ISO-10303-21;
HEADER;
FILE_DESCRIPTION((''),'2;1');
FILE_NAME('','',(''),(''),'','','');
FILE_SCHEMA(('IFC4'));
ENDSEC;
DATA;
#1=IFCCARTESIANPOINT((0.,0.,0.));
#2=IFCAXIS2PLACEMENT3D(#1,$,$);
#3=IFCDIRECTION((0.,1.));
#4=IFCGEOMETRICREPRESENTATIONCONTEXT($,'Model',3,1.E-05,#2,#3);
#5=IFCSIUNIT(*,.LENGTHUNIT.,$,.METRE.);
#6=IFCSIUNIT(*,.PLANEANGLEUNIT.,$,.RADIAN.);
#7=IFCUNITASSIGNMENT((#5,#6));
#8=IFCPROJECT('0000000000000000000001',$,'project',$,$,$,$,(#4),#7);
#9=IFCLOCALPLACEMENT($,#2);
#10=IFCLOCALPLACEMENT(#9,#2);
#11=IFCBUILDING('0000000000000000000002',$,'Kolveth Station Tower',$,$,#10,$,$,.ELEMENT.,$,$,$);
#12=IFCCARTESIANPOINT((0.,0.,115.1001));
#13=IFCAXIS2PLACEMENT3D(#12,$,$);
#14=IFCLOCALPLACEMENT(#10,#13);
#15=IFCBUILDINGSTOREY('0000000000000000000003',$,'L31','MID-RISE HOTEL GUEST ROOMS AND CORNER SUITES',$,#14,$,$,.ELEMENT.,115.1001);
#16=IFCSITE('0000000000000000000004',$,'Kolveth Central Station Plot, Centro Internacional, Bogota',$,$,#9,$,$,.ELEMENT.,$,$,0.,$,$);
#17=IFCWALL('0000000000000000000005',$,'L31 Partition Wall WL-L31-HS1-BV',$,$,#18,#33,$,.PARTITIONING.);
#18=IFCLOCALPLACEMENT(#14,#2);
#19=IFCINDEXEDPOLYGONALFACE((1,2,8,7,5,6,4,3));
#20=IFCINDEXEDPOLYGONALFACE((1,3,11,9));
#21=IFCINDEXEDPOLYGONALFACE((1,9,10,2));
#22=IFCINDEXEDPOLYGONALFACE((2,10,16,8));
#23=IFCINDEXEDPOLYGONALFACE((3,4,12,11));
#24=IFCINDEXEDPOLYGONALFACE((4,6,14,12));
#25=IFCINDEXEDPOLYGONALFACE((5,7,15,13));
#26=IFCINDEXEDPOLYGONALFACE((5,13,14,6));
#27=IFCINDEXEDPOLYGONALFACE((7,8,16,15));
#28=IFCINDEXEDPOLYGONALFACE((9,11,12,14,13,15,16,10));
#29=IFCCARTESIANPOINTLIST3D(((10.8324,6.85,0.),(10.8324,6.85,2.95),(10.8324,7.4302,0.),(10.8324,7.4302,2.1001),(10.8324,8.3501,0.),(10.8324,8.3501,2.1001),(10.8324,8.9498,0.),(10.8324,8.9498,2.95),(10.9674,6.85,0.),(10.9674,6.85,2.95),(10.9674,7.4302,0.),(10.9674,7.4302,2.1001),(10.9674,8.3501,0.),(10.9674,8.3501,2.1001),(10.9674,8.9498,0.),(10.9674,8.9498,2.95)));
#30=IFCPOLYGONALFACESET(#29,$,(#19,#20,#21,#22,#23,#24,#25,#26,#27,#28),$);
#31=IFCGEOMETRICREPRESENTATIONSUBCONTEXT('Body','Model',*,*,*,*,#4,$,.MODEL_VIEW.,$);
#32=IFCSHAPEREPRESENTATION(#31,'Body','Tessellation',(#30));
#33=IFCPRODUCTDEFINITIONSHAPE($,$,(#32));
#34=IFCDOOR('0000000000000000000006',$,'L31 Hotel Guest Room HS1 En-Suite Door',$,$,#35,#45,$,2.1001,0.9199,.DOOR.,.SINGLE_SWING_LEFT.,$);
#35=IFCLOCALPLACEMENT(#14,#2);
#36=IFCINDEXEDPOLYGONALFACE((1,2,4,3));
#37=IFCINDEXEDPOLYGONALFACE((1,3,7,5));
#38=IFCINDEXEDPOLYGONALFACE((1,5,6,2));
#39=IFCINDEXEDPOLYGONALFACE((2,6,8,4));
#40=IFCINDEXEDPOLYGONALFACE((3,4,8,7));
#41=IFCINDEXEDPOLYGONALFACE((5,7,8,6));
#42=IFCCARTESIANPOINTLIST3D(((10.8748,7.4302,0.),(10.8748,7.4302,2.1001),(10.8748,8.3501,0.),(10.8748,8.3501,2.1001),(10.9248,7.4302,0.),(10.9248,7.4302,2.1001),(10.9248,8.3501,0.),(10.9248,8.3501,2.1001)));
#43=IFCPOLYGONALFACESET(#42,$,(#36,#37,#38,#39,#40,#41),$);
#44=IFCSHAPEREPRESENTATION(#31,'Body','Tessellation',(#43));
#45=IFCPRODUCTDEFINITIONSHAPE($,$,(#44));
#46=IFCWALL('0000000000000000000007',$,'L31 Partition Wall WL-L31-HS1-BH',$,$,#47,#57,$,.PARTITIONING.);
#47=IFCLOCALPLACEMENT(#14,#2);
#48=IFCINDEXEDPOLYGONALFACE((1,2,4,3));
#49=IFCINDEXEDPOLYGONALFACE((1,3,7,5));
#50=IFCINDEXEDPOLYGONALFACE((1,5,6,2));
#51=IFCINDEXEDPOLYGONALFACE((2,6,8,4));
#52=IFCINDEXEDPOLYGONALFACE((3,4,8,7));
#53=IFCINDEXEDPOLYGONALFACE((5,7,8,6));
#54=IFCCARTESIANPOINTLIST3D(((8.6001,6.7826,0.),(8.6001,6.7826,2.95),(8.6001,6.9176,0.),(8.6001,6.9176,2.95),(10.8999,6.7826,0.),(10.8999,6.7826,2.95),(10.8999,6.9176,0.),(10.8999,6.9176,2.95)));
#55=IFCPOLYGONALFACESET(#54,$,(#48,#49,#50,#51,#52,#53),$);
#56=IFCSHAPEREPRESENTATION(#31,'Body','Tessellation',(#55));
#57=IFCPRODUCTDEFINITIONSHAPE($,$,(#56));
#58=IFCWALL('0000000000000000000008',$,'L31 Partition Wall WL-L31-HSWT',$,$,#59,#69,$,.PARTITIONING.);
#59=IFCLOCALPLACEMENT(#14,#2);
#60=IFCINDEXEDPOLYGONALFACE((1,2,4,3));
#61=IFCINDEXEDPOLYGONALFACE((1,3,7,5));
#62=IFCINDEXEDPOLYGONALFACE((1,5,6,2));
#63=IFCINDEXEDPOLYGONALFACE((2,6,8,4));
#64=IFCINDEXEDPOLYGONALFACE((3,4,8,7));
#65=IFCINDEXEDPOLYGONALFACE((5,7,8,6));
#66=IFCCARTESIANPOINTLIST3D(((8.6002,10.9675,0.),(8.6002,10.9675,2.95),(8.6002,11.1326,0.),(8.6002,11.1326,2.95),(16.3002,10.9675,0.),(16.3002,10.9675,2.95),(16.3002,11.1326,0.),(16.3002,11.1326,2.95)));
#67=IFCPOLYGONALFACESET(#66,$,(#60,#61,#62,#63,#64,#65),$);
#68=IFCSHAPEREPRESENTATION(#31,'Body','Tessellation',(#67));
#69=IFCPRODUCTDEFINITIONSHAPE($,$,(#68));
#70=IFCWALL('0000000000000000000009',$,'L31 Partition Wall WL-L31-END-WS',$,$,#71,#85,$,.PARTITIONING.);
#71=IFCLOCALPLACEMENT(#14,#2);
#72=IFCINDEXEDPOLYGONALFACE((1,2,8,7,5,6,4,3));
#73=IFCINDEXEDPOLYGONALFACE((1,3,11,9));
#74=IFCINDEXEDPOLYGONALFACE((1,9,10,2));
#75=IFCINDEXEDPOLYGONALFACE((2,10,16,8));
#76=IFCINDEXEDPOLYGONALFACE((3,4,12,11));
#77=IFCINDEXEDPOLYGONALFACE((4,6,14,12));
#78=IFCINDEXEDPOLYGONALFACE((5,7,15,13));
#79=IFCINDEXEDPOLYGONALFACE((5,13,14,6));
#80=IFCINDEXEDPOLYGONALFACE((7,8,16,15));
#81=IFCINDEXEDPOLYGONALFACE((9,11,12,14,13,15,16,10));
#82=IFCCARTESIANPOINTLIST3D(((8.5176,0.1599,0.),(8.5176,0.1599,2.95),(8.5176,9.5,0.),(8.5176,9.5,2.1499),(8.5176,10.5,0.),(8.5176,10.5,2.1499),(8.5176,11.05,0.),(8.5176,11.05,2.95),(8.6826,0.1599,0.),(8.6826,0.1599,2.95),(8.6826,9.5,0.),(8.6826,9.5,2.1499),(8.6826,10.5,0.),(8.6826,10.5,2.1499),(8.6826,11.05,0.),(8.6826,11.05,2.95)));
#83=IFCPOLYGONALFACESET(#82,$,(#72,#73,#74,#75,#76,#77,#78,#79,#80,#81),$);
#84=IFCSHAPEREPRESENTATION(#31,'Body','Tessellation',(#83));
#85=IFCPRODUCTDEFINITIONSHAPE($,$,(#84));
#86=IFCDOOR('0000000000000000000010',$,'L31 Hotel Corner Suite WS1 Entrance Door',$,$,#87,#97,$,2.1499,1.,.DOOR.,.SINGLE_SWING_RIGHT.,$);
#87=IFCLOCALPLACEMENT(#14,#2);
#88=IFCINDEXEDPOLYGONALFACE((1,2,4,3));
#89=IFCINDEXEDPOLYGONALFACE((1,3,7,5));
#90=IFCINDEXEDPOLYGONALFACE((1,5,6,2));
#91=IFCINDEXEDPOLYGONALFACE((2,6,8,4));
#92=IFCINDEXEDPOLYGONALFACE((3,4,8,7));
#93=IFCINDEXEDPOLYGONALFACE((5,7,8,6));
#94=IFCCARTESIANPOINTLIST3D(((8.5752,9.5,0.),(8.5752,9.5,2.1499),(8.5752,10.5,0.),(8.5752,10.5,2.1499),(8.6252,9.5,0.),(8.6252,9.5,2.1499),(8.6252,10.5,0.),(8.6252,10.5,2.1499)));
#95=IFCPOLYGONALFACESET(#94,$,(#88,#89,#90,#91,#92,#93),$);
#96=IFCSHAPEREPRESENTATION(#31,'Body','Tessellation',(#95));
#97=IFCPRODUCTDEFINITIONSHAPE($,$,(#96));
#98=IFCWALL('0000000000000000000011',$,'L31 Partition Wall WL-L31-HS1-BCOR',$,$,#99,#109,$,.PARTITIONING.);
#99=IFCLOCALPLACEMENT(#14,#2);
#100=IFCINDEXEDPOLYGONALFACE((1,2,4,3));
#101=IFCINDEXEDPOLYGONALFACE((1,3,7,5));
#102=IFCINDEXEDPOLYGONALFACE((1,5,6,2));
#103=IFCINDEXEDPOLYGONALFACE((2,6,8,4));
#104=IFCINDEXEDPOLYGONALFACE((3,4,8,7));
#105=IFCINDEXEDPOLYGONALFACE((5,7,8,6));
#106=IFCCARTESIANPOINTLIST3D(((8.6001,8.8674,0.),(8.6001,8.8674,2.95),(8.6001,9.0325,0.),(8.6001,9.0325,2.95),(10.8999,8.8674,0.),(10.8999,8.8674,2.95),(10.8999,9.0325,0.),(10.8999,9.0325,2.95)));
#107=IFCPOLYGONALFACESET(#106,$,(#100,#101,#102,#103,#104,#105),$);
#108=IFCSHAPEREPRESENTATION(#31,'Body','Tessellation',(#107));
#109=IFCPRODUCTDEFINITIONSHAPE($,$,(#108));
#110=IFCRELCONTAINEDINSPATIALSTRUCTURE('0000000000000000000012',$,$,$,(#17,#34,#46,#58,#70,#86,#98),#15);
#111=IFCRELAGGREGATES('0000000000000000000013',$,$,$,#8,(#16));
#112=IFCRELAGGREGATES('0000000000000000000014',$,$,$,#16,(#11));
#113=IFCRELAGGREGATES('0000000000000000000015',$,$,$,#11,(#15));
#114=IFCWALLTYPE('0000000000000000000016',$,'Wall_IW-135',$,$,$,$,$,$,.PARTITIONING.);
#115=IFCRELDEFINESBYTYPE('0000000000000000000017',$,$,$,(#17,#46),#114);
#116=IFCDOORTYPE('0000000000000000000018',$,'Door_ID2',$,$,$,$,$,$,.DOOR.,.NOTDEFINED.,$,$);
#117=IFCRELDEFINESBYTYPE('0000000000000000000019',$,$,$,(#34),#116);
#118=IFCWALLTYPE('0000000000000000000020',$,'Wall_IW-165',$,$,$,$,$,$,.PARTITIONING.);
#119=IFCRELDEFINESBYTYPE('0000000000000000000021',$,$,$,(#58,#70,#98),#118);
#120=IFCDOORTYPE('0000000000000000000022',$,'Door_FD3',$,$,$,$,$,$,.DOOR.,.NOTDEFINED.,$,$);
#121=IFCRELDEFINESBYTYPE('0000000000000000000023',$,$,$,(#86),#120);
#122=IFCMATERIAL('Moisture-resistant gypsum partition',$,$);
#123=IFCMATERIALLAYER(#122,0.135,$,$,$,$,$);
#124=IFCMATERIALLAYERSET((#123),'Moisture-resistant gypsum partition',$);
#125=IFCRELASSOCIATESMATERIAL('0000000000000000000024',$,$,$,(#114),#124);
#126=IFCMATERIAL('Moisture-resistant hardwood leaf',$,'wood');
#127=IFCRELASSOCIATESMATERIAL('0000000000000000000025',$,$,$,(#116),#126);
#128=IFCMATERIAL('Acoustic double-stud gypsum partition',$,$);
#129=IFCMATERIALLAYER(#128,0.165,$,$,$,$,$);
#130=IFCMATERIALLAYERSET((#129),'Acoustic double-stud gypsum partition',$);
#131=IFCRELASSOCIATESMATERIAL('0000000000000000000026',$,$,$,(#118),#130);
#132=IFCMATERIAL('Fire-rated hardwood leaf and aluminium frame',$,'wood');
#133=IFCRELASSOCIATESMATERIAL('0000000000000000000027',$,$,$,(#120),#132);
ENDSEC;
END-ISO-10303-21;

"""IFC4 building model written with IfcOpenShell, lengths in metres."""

from ifc_helpers import new_model, si_unit, direction, frame, frame_2d, origin, place, context, subcontext, project, spatial, rectangle, extrude, material, layer, layer_set, type_object, element, fill, save


model = new_model("IFC4")

# Units and contexts
model_context = context("Model", 3, precision=1e-05, world=origin(), true_north=direction((0.0, 1.0)))
body_context = subcontext(model_context, "Body", "Model", "MODEL_VIEW")
ifc_project = project(units=[si_unit("LENGTHUNIT", "METRE"), si_unit("PLANEANGLEUNIT", "RADIAN")], contexts=[model_context])

# Site, building, storey
site_placement = place(None, origin())
site = spatial("IfcSite", under=ifc_project, at=site_placement, Name="Kolveth Central Station Plot, Centro Internacional, Bogota", CompositionType="ELEMENT", RefElevation=0.0)
building_placement = place(site_placement, origin())
building = spatial("IfcBuilding", under=site, at=building_placement, Name="Kolveth Station Tower", CompositionType="ELEMENT")
storey_placement = place(building_placement, frame((0.0, 0.0, 115.1001)))
storey = spatial("IfcBuildingStorey", under=building, at=storey_placement, Name="L31", Description="MID-RISE HOTEL GUEST ROOMS AND CORNER SUITES", CompositionType="ELEMENT", Elevation=115.1001)

# Wall, opening, door
ifc_material_1 = material(Name="Moisture-resistant gypsum partition")
ifc_layer_1 = layer(ifc_material_1, 0.135)
ifc_layer_set_1 = layer_set([ifc_layer_1], Name="Moisture-resistant gypsum partition")
wall_type_1 = type_object("IfcWallType", Name="Wall_IW-135", PredefinedType="PARTITIONING", material=ifc_layer_set_1)
wall_1_placement = place(storey_placement, frame((10.8999, 6.8501, 0.0), z_axis=(0.0, 0.0, 1.0), x_axis=(0.0, 1.0, 0.0)))
wall_1 = element("IfcWall", 1, at=wall_1_placement, inside=storey, type_object=wall_type_1, Name="L31 Partition Wall WL-L31-HS1-BV", PredefinedType="PARTITIONING", context=body_context, shape_type="SweptSolid", body=[
    extrude(rectangle(XDim=2.0999, YDim=0.135, at=frame_2d((1.0498, 0.0))), origin(), (0.0, 0.0, 1.0), 2.95),
])
opening_1_placement = place(wall_1_placement, frame((0.5801, 0.0, 0.0)))
opening_1 = element("IfcOpeningElement", 2, at=opening_1_placement, cuts=wall_1, PredefinedType="OPENING", context=body_context, shape_type="SweptSolid", body=[
    extrude(rectangle(XDim=0.9199, YDim=2.1001, at=frame_2d((0.46, 1.05))), frame((0.0, 0.0774, 0.0), z_axis=(0.0, -1.0, 0.0), x_axis=(1.0, 0.0, 0.0)), (0.0, 0.0, 1.0), 0.155),
])
ifc_material_2 = material(Name="Moisture-resistant hardwood leaf", Category="wood")
door_type_1 = type_object("IfcDoorType", Name="Door_ID2", OperationType="NOTDEFINED", PredefinedType="DOOR", material=ifc_material_2)
door_1_placement = place(opening_1_placement, frame((0.9199, 0.0, 0.0), z_axis=(0.0, 0.0, 1.0), x_axis=(-1.0, 0.0, 0.0)))
door_1 = element("IfcDoor", 3, at=door_1_placement, inside=storey, type_object=door_type_1, Name="L31 Hotel Guest Room HS1 En-Suite Door", OperationType="SINGLE_SWING_LEFT", OverallHeight=2.1001, OverallWidth=0.9199, PredefinedType="DOOR", context=body_context, shape_type="SweptSolid", body=[
    extrude(rectangle(XDim=0.9199, YDim=2.1001, at=frame_2d((0.46, 1.05))), frame((0.0, 0.0249, 0.0), z_axis=(0.0, -1.0, 0.0), x_axis=(1.0, 0.0, 0.0)), (0.0, 0.0, 1.0), 0.05),
])
fill(opening_1, door_1)

# Walls
wall_2_placement = place(storey_placement, frame((8.6001, 6.8501, 0.0), z_axis=(0.0, 0.0, 1.0), x_axis=(1.0, 0.0, 0.0)))
element("IfcWall", 4, at=wall_2_placement, inside=storey, type_object=wall_type_1, Name="L31 Partition Wall WL-L31-HS1-BH", PredefinedType="PARTITIONING", context=body_context, shape_type="SweptSolid", body=[
    extrude(rectangle(XDim=2.2998, YDim=0.135, at=frame_2d((1.1499, 0.0))), origin(), (0.0, 0.0, 1.0), 2.95),
])
ifc_material_3 = material(Name="Acoustic double-stud gypsum partition")
ifc_layer_2 = layer(ifc_material_3, 0.165)
ifc_layer_set_2 = layer_set([ifc_layer_2], Name="Acoustic double-stud gypsum partition")
wall_type_2 = type_object("IfcWallType", Name="Wall_IW-165", PredefinedType="PARTITIONING", material=ifc_layer_set_2)
wall_3_placement = place(storey_placement, frame((8.6001, 11.05, 0.0), z_axis=(0.0, 0.0, 1.0), x_axis=(1.0, 0.0, 0.0)))
element("IfcWall", 5, at=wall_3_placement, inside=storey, type_object=wall_type_2, Name="L31 Partition Wall WL-L31-HSWT", PredefinedType="PARTITIONING", context=body_context, shape_type="SweptSolid", body=[
    extrude(rectangle(XDim=7.7, YDim=0.165, at=frame_2d((3.8501, 0.0))), origin(), (0.0, 0.0, 1.0), 2.95),
])

# Wall, opening, door
wall_4_placement = place(storey_placement, frame((8.6001, 0.1599, 0.0), z_axis=(0.0, 0.0, 1.0), x_axis=(0.0, 1.0, 0.0)))
wall_4 = element("IfcWall", 6, at=wall_4_placement, inside=storey, type_object=wall_type_2, Name="L31 Partition Wall WL-L31-END-WS", PredefinedType="PARTITIONING", context=body_context, shape_type="SweptSolid", body=[
    extrude(rectangle(XDim=10.8901, YDim=0.165, at=frame_2d((5.4451, 0.0))), origin(), (0.0, 0.0, 1.0), 2.95),
])
opening_2_placement = place(wall_4_placement, frame((9.3401, 0.0, 0.0)))
opening_2 = element("IfcOpeningElement", 7, at=opening_2_placement, cuts=wall_4, PredefinedType="OPENING", context=body_context, shape_type="SweptSolid", body=[
    extrude(rectangle(XDim=1.0, YDim=2.1499, at=frame_2d((0.5, 1.075))), frame((0.0, 0.0925, 0.0), z_axis=(0.0, -1.0, 0.0), x_axis=(1.0, 0.0, 0.0)), (0.0, 0.0, 1.0), 0.1851),
])
ifc_material_4 = material(Name="Fire-rated hardwood leaf and aluminium frame", Category="wood")
door_type_2 = type_object("IfcDoorType", Name="Door_FD3", OperationType="NOTDEFINED", PredefinedType="DOOR", material=ifc_material_4)
door_2_placement = place(opening_2_placement, origin())
door_2 = element("IfcDoor", 8, at=door_2_placement, inside=storey, type_object=door_type_2, Name="L31 Hotel Corner Suite WS1 Entrance Door", OperationType="SINGLE_SWING_RIGHT", OverallHeight=2.1499, OverallWidth=1.0, PredefinedType="DOOR", context=body_context, shape_type="SweptSolid", body=[
    extrude(rectangle(XDim=1.0, YDim=2.1499, at=frame_2d((0.5, 1.075))), frame((0.0, 0.0249, 0.0), z_axis=(0.0, -1.0, 0.0), x_axis=(1.0, 0.0, 0.0)), (0.0, 0.0, 1.0), 0.05),
])
fill(opening_2, door_2)

# Wall
wall_5_placement = place(storey_placement, frame((8.6001, 8.95, 0.0), z_axis=(0.0, 0.0, 1.0), x_axis=(1.0, 0.0, 0.0)))
element("IfcWall", 9, at=wall_5_placement, inside=storey, type_object=wall_type_2, Name="L31 Partition Wall WL-L31-HS1-BCOR", PredefinedType="PARTITIONING", context=body_context, shape_type="SweptSolid", body=[
    extrude(rectangle(XDim=2.2998, YDim=0.165, at=frame_2d((1.1499, 0.0))), origin(), (0.0, 0.0, 1.0), 2.95),
])

save(model, "model.ifc")
